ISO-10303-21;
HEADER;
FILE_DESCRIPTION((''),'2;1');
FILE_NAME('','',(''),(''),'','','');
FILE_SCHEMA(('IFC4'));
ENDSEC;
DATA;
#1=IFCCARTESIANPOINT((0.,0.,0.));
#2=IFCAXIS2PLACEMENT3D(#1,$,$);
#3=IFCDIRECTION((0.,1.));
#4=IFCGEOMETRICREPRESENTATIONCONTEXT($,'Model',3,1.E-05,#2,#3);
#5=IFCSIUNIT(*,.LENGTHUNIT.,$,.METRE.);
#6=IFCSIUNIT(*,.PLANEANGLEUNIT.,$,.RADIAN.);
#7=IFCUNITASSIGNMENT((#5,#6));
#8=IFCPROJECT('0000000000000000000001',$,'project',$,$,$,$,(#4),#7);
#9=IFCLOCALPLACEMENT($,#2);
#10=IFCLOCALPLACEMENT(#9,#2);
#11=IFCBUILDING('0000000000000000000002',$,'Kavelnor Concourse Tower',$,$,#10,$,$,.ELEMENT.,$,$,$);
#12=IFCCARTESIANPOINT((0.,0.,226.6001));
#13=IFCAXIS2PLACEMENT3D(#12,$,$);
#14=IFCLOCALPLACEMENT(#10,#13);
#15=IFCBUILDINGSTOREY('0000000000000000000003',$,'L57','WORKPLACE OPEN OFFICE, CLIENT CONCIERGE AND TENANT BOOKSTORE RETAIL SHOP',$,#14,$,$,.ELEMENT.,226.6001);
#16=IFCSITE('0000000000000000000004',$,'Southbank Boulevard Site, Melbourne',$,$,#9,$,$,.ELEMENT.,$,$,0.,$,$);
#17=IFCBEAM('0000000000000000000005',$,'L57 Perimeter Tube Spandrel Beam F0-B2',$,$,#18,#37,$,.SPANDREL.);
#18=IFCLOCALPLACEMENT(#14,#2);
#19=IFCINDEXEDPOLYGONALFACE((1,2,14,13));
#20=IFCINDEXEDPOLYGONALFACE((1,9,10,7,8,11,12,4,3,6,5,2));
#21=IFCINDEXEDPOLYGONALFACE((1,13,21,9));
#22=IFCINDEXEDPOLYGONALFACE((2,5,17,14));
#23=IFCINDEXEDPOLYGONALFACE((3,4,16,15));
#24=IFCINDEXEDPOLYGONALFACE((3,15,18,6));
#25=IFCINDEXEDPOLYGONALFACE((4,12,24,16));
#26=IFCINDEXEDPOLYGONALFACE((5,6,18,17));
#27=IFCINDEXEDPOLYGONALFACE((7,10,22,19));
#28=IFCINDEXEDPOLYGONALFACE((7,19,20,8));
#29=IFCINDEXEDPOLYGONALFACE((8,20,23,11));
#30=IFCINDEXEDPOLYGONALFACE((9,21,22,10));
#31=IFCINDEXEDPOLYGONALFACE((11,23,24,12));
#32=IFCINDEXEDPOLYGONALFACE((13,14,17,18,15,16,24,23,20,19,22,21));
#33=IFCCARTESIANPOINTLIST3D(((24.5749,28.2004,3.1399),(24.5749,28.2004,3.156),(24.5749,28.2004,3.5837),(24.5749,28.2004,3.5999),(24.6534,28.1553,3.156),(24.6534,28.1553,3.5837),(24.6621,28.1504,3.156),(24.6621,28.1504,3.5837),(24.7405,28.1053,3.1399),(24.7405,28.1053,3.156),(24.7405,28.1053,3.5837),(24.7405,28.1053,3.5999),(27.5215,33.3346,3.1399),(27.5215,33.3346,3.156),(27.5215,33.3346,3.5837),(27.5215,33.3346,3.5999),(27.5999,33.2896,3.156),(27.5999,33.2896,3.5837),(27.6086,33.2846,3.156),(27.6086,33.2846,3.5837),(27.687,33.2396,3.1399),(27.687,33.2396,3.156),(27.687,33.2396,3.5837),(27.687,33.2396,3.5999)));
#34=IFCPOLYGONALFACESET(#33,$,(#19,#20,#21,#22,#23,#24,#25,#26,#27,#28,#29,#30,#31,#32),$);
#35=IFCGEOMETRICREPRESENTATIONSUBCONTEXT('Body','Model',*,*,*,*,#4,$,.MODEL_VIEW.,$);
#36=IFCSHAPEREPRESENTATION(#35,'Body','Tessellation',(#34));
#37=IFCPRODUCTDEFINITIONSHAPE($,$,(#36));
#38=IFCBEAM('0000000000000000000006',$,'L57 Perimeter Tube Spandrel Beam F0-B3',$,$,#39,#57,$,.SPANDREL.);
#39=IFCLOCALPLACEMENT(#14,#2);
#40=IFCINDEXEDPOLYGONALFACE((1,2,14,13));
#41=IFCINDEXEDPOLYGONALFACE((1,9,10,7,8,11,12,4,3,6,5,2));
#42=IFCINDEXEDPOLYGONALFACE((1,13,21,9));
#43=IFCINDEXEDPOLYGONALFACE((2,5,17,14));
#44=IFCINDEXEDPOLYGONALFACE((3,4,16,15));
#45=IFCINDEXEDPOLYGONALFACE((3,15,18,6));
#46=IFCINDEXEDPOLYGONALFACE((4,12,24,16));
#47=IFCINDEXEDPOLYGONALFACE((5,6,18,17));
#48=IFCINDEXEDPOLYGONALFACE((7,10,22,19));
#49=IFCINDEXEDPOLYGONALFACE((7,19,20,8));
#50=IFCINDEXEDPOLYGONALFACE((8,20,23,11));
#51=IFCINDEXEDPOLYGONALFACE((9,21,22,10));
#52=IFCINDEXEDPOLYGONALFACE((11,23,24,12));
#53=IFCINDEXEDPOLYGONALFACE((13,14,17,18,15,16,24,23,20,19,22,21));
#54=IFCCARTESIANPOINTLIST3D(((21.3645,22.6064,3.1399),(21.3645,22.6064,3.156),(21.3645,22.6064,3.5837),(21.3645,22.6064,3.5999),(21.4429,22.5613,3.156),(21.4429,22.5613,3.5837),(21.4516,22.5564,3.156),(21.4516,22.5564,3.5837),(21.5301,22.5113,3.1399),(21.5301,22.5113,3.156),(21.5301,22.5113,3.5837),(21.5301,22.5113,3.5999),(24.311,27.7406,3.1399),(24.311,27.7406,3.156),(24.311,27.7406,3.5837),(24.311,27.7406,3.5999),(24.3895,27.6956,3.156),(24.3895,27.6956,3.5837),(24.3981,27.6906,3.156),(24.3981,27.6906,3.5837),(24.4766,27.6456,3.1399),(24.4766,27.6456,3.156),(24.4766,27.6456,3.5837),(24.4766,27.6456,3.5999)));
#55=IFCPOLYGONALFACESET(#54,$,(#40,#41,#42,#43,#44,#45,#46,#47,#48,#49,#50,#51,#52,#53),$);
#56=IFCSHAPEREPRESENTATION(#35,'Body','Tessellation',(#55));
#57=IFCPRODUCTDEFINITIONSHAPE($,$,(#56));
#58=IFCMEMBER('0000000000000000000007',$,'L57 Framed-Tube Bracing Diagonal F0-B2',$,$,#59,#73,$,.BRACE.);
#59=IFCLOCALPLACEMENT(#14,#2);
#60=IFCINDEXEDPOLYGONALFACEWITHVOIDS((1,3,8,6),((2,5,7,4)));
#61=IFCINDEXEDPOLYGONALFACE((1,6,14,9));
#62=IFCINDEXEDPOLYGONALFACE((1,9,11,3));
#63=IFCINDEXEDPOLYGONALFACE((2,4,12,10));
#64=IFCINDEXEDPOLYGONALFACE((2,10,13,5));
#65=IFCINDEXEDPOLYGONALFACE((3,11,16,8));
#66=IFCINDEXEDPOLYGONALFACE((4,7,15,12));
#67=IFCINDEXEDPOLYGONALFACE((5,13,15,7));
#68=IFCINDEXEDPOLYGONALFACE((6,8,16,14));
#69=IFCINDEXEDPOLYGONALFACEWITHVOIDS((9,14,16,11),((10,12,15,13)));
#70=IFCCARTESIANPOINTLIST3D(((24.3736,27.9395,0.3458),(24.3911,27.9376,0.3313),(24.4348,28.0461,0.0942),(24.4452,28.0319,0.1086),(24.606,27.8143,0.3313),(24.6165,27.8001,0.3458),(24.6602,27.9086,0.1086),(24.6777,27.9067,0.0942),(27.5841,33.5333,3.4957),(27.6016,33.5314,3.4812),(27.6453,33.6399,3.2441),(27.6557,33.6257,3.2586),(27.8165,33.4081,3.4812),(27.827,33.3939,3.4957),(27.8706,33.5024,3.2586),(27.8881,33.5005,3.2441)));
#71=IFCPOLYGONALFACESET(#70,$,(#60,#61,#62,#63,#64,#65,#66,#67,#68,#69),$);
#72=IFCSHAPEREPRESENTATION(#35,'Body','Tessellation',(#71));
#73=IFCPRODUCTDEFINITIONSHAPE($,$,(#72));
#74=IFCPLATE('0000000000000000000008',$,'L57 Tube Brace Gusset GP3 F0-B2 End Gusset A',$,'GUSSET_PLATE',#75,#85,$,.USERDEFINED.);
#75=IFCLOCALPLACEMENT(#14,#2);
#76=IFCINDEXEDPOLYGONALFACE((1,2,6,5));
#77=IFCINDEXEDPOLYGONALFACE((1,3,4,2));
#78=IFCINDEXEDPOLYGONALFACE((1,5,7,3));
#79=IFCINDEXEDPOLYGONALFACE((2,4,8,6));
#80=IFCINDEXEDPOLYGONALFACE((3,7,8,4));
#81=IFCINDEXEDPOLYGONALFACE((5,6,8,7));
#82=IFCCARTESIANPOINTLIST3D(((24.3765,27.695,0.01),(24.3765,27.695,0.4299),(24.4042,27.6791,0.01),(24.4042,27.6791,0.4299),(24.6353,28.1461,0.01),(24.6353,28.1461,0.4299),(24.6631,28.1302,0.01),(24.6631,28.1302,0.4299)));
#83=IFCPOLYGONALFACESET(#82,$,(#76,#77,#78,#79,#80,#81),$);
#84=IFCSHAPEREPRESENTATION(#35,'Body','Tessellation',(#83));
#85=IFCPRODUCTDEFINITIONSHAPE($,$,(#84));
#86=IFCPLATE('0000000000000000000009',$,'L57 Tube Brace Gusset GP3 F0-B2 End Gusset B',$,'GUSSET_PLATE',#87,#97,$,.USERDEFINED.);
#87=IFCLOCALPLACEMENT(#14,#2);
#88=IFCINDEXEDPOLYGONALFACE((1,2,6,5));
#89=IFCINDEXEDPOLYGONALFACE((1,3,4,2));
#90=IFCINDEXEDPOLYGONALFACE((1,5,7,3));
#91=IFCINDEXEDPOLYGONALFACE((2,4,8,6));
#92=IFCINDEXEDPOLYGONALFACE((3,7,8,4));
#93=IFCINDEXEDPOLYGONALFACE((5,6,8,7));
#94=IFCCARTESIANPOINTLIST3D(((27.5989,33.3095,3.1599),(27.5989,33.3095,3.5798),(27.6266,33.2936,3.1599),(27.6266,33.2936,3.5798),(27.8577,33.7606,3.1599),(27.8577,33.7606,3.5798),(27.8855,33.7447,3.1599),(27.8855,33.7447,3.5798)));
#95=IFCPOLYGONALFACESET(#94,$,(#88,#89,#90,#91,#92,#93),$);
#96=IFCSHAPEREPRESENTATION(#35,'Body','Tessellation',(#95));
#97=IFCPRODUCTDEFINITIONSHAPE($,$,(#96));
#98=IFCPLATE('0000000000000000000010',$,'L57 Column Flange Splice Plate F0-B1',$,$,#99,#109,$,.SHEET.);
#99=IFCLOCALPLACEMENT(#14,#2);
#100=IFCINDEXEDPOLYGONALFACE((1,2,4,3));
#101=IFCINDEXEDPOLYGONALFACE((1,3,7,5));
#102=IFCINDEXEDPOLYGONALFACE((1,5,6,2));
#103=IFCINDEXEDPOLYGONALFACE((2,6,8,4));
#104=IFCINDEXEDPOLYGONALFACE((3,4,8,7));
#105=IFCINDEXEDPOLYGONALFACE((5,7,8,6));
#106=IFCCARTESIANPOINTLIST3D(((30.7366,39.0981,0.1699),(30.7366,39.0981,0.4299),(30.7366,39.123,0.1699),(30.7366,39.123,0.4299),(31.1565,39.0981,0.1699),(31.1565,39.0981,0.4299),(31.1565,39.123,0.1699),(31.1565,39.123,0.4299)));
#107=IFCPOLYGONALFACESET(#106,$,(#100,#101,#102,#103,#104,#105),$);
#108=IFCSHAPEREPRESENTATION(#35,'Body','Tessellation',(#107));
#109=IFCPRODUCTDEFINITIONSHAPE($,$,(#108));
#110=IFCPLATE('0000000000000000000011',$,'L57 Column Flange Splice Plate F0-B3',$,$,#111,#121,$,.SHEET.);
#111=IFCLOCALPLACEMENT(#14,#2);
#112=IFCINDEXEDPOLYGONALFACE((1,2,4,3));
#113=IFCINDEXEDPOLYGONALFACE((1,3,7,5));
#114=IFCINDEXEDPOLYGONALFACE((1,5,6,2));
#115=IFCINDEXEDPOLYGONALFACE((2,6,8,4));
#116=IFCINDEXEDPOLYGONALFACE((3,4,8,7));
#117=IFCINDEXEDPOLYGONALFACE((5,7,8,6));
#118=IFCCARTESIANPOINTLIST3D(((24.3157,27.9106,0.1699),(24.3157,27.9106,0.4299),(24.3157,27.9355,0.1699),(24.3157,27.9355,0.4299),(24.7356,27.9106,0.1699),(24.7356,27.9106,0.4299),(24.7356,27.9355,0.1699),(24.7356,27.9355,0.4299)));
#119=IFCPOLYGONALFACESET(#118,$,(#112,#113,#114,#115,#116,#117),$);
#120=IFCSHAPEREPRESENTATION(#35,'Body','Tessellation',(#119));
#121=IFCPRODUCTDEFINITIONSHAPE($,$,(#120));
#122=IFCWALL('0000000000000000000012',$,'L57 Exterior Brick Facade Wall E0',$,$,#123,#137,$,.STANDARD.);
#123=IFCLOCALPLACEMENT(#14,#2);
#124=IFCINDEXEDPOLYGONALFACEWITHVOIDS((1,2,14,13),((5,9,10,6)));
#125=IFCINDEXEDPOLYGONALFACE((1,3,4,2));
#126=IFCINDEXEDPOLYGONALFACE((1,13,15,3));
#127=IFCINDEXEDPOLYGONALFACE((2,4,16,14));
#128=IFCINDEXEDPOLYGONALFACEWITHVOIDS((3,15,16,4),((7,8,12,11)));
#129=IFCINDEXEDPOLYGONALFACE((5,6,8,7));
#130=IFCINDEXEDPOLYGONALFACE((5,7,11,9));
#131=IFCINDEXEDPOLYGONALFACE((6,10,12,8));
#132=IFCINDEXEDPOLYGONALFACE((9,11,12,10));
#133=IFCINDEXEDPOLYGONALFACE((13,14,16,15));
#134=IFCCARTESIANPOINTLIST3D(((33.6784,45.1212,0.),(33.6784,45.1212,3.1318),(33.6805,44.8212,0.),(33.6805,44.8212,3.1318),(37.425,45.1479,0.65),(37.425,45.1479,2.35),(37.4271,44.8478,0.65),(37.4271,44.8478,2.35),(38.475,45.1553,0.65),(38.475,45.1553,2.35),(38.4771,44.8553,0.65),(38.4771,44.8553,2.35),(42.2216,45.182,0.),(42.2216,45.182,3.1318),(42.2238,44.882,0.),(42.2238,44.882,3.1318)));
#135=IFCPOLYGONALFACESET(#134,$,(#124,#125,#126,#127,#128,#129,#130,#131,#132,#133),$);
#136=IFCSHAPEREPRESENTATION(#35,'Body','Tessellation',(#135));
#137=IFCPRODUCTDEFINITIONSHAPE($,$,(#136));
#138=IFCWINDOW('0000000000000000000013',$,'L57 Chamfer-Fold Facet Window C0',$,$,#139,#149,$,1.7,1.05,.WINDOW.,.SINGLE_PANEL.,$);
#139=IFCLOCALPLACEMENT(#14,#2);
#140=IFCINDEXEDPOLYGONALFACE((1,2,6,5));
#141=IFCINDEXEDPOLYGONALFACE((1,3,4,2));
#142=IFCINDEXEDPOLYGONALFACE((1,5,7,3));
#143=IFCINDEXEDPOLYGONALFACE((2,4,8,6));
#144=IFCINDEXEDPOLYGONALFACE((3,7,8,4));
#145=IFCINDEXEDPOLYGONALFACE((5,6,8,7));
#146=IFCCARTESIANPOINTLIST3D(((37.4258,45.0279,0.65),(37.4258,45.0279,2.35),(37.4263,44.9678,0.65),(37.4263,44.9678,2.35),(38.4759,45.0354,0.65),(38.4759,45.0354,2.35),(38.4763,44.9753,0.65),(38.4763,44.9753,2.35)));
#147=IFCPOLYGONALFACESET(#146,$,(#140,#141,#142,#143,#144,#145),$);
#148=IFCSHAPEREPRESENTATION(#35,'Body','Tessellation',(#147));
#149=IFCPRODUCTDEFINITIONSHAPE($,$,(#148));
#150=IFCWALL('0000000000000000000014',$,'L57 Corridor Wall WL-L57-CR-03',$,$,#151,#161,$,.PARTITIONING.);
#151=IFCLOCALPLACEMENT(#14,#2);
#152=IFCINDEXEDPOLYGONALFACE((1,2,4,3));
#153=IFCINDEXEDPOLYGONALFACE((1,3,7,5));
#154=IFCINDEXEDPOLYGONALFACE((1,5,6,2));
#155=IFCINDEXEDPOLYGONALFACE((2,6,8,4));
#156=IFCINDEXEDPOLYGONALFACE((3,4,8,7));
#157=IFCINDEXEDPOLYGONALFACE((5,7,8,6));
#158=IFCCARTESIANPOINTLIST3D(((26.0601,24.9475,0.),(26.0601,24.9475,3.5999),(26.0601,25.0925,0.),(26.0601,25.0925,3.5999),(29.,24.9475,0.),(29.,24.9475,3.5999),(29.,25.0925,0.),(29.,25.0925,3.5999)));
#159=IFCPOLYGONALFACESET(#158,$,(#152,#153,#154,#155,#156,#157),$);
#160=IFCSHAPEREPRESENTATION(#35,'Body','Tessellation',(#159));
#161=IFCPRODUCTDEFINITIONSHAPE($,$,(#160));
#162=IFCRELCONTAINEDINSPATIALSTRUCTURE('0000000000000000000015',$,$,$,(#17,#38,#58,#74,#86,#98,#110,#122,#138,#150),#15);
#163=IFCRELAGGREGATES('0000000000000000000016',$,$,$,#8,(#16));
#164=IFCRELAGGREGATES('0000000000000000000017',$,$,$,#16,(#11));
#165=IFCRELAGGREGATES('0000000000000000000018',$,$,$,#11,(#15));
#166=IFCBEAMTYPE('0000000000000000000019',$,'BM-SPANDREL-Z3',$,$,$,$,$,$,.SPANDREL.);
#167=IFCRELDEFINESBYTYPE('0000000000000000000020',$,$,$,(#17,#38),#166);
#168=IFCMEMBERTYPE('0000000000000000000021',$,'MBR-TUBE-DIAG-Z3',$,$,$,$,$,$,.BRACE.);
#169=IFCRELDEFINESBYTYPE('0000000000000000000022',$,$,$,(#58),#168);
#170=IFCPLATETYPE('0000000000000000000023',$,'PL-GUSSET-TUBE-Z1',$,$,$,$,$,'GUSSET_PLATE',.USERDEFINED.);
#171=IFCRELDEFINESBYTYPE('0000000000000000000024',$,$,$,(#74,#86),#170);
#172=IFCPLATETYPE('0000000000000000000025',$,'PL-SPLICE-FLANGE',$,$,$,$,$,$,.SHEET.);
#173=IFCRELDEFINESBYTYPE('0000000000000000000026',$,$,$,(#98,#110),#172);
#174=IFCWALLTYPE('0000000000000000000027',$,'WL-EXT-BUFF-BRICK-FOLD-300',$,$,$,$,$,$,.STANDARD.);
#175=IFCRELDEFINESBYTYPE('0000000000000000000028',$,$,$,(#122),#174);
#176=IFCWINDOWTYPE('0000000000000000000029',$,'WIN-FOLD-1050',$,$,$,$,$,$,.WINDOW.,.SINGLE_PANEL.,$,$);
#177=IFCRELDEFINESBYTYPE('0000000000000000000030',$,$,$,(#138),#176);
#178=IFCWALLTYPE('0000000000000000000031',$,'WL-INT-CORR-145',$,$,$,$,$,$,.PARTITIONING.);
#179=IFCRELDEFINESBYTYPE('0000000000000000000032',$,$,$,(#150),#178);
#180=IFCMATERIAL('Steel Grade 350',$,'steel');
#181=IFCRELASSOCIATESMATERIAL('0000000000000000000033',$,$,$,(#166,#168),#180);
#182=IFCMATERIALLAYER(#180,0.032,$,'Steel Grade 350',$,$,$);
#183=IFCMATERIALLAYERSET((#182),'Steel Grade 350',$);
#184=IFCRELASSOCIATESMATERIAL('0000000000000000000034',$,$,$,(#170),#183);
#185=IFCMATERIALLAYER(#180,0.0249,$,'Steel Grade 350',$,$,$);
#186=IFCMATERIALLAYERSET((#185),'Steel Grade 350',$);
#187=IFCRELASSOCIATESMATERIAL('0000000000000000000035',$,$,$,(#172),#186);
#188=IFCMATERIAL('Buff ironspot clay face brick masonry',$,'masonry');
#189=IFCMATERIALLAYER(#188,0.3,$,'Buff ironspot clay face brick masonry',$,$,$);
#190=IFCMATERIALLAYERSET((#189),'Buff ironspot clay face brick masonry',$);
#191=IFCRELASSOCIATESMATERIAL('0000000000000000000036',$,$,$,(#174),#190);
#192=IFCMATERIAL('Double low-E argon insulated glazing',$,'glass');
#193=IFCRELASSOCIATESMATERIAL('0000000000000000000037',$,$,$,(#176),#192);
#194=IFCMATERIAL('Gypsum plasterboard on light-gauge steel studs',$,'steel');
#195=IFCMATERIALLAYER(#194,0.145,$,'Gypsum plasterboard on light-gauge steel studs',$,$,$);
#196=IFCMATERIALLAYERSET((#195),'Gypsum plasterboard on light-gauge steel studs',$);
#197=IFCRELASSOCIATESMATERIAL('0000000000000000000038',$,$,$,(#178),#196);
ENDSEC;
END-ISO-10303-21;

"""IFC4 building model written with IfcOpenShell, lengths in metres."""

from ifc_helpers import new_model, si_unit, direction, frame, frame_2d, origin, origin_2d, place, context, subcontext, project, spatial, rectangle, hollow_rectangle, i_section, extrude, material, layer, layer_set, material_profile, profile_set, type_object, element, fill, save


model = new_model("IFC4")

# Units and contexts
model_context = context("Model", 3, precision=1e-05, world=origin(), true_north=direction((0.0, 1.0)))
body_context = subcontext(model_context, "Body", "Model", "MODEL_VIEW")
ifc_project = project(units=[si_unit("LENGTHUNIT", "METRE"), si_unit("PLANEANGLEUNIT", "RADIAN")], contexts=[model_context])

# Site, building, storey
site_placement = place(None, origin())
site = spatial("IfcSite", under=ifc_project, at=site_placement, Name="Southbank Boulevard Site, Melbourne", CompositionType="ELEMENT", RefElevation=0.0)
building_placement = place(site_placement, origin())
building = spatial("IfcBuilding", under=site, at=building_placement, Name="Kavelnor Concourse Tower", CompositionType="ELEMENT")
storey_placement = place(building_placement, frame((0.0, 0.0, 226.6001)))
storey = spatial("IfcBuildingStorey", under=building, at=storey_placement, Name="L57", Description="WORKPLACE OPEN OFFICE, CLIENT CONCIERGE AND TENANT BOOKSTORE RETAIL SHOP", CompositionType="ELEMENT", Elevation=226.6001)

# Shared definitions
ifc_material_1 = material(Name="Steel Grade 350", Category="steel")

# Beams
ifc_material_profile_1 = material_profile(ifc_material_1, i_section(OverallWidth=0.1909, OverallDepth=0.46, WebThickness=0.01, FlangeThickness=0.0161, at=origin_2d()), Name="460UB82")
ifc_profile_set_1 = profile_set([ifc_material_profile_1], Name="Steel Grade 350")
beam_type_1 = type_object("IfcBeamType", Name="BM-SPANDREL-Z3", PredefinedType="SPANDREL", material=ifc_profile_set_1)
for number, where, z_axis, x_axis, name in (
    (1, (27.6042, 33.2871, 3.3699), (-0.49775, -0.86732, 0.0), (0.86732, -0.49775, 0.0), "L57 Perimeter Tube Spandrel Beam F0-B2"),
    (2, (24.3938, 27.6931, 3.3699), (-0.49775, -0.86732, 0.0), (0.86732, -0.49775, 0.0), "L57 Perimeter Tube Spandrel Beam F0-B3"),
):
    element("IfcBeam", number, at=place(storey_placement, frame(where, z_axis=z_axis, x_axis=x_axis)), inside=storey, type_object=beam_type_1, Name=name, PredefinedType="SPANDREL", context=body_context, shape_type="SweptSolid", body=[
        extrude(i_section(OverallWidth=0.1909, OverallDepth=0.46, WebThickness=0.01, FlangeThickness=0.0161, at=origin_2d()), origin(), (0.0, 0.0, 1.0), 5.9197),
    ])

# Member
ifc_material_profile_2 = material_profile(ifc_material_1, hollow_rectangle(XDim=0.28, YDim=0.28, WallThickness=0.0161, at=origin_2d()), Name="SHS 280x280x16")
ifc_profile_set_2 = profile_set([ifc_material_profile_2], Name="Steel Grade 350")
member_type = type_object("IfcMemberType", Name="MBR-TUBE-DIAG-Z3", PredefinedType="BRACE", material=ifc_profile_set_2)
member_placement = place(storey_placement, frame((24.5256, 27.9231, 0.22), z_axis=(0.447283, 0.779327, 0.438848), x_axis=(-0.867305, 0.497777, 0.0)))
element("IfcMember", 3, at=member_placement, inside=storey, type_object=member_type, Name="L57 Framed-Tube Bracing Diagonal F0-B2", PredefinedType="BRACE", context=body_context, shape_type="SweptSolid", body=[
    extrude(hollow_rectangle(XDim=0.28, YDim=0.28, WallThickness=0.0161, at=origin_2d()), origin(), (0.0, 0.0, 1.0), 7.1777),
])

# Plates
ifc_layer_1 = layer(ifc_material_1, 0.032, Name="Steel Grade 350")
ifc_layer_set_1 = layer_set([ifc_layer_1], Name="Steel Grade 350")
plate_type_1 = type_object("IfcPlateType", Name="PL-GUSSET-TUBE-Z1", ElementType="GUSSET_PLATE", PredefinedType="USERDEFINED", material=ifc_layer_set_1)
for number, where, z_axis, x_axis, name in (
    (4, (24.5198, 27.9126, 0.01), (0.0, 0.0, 1.0), (0.497731, 0.867331, 0.0), "L57 Tube Brace Gusset GP3 F0-B2 End Gusset A"),
    (5, (27.7422, 33.5271, 3.1599), (0.0, 0.0, 1.0), (0.497731, 0.867331, 0.0), "L57 Tube Brace Gusset GP3 F0-B2 End Gusset B"),
):
    element("IfcPlate", number, at=place(storey_placement, frame(where, z_axis=z_axis, x_axis=x_axis)), inside=storey, type_object=plate_type_1, Name=name, ObjectType="GUSSET_PLATE", PredefinedType="USERDEFINED", context=body_context, shape_type="SweptSolid", body=[
        extrude(rectangle(XDim=0.52, YDim=0.032, at=origin_2d()), origin(), (0.0, 0.0, 1.0), 0.4199),
    ])
ifc_layer_2 = layer(ifc_material_1, 0.0249, Name="Steel Grade 350")
ifc_layer_set_2 = layer_set([ifc_layer_2], Name="Steel Grade 350")
plate_type_2 = type_object("IfcPlateType", Name="PL-SPLICE-FLANGE", PredefinedType="SHEET", material=ifc_layer_set_2)
for number, where, z_axis, x_axis, name in (
    (6, (30.9465, 39.1106, 0.1699), (0.0, 0.0, 1.0), (1.0, 0.0, 0.0), "L57 Column Flange Splice Plate F0-B1"),
    (7, (24.5256, 27.9231, 0.1699), (0.0, 0.0, 1.0), (1.0, 0.0, 0.0), "L57 Column Flange Splice Plate F0-B3"),
):
    element("IfcPlate", number, at=place(storey_placement, frame(where, z_axis=z_axis, x_axis=x_axis)), inside=storey, type_object=plate_type_2, Name=name, PredefinedType="SHEET", context=body_context, shape_type="SweptSolid", body=[
        extrude(rectangle(XDim=0.4199, YDim=0.0249, at=origin_2d()), origin(), (0.0, 0.0, 1.0), 0.26),
    ])

# Wall, opening, window
ifc_material_2 = material(Name="Buff ironspot clay face brick masonry", Category="masonry")
ifc_layer_3 = layer(ifc_material_2, 0.3, Name="Buff ironspot clay face brick masonry")
ifc_layer_set_3 = layer_set([ifc_layer_3], Name="Buff ironspot clay face brick masonry")
wall_type_1 = type_object("IfcWallType", Name="WL-EXT-BUFF-BRICK-FOLD-300", PredefinedType="STANDARD", material=ifc_layer_set_3)
wall_1_placement = place(storey_placement, frame((33.6794, 44.9712, 0.0), z_axis=(0.0, 0.0, 1.0), x_axis=(0.999975, 0.007116, 0.0)))
wall_1 = element("IfcWall", 8, at=wall_1_placement, inside=storey, type_object=wall_type_1, Name="L57 Exterior Brick Facade Wall E0", PredefinedType="STANDARD", context=body_context, shape_type="SweptSolid", body=[
    extrude(rectangle(XDim=8.5435, YDim=0.3, at=frame_2d((4.2717, 0.0))), origin(), (0.0, 0.0, 1.0), 3.1318),
])
opening_1_placement = place(wall_1_placement, frame((3.7468, 0.0, 0.6499)))
opening_1 = element("IfcOpeningElement", 9, at=opening_1_placement, cuts=wall_1, PredefinedType="OPENING", context=body_context, shape_type="SweptSolid", body=[
    extrude(rectangle(XDim=1.05, YDim=1.7, at=frame_2d((0.5249, 0.8501))), frame((0.0, 0.1602, 0.0), z_axis=(0.0, -1.0, 0.0), x_axis=(1.0, 0.0, 0.0)), (0.0, 0.0, 1.0), 0.3201),
])
ifc_material_3 = material(Name="Double low-E argon insulated glazing", Category="glass")
window_type = type_object("IfcWindowType", Name="WIN-FOLD-1050", PartitioningType="SINGLE_PANEL", PredefinedType="WINDOW", material=ifc_material_3)
window_placement = place(opening_1_placement, origin())
window = element("IfcWindow", 10, at=window_placement, inside=storey, type_object=window_type, Name="L57 Chamfer-Fold Facet Window C0", OverallHeight=1.7, OverallWidth=1.05, PartitioningType="SINGLE_PANEL", PredefinedType="WINDOW", context=body_context, shape_type="SweptSolid", body=[
    extrude(rectangle(XDim=1.05, YDim=1.7, at=frame_2d((0.5249, 0.8501))), frame((0.0, 0.03, 0.0), z_axis=(0.0, -1.0, 0.0), x_axis=(1.0, 0.0, 0.0)), (0.0, 0.0, 1.0), 0.0601),
])
fill(opening_1, window)

# Wall
ifc_material_4 = material(Name="Gypsum plasterboard on light-gauge steel studs", Category="steel")
ifc_layer_4 = layer(ifc_material_4, 0.145, Name="Gypsum plasterboard on light-gauge steel studs")
ifc_layer_set_4 = layer_set([ifc_layer_4], Name="Gypsum plasterboard on light-gauge steel studs")
wall_type_2 = type_object("IfcWallType", Name="WL-INT-CORR-145", PredefinedType="PARTITIONING", material=ifc_layer_set_4)
wall_2_placement = place(storey_placement, frame((26.0601, 25.02, 0.0), z_axis=(0.0, 0.0, 1.0), x_axis=(1.0, 0.0, 0.0)))
element("IfcWall", 11, at=wall_2_placement, inside=storey, type_object=wall_type_2, Name="L57 Corridor Wall WL-L57-CR-03", PredefinedType="PARTITIONING", context=body_context, shape_type="SweptSolid", body=[
    extrude(rectangle(XDim=2.9399, YDim=0.145, at=frame_2d((1.47, 0.0))), origin(), (0.0, 0.0, 1.0), 3.5999),
])

save(model, "model.ifc")
